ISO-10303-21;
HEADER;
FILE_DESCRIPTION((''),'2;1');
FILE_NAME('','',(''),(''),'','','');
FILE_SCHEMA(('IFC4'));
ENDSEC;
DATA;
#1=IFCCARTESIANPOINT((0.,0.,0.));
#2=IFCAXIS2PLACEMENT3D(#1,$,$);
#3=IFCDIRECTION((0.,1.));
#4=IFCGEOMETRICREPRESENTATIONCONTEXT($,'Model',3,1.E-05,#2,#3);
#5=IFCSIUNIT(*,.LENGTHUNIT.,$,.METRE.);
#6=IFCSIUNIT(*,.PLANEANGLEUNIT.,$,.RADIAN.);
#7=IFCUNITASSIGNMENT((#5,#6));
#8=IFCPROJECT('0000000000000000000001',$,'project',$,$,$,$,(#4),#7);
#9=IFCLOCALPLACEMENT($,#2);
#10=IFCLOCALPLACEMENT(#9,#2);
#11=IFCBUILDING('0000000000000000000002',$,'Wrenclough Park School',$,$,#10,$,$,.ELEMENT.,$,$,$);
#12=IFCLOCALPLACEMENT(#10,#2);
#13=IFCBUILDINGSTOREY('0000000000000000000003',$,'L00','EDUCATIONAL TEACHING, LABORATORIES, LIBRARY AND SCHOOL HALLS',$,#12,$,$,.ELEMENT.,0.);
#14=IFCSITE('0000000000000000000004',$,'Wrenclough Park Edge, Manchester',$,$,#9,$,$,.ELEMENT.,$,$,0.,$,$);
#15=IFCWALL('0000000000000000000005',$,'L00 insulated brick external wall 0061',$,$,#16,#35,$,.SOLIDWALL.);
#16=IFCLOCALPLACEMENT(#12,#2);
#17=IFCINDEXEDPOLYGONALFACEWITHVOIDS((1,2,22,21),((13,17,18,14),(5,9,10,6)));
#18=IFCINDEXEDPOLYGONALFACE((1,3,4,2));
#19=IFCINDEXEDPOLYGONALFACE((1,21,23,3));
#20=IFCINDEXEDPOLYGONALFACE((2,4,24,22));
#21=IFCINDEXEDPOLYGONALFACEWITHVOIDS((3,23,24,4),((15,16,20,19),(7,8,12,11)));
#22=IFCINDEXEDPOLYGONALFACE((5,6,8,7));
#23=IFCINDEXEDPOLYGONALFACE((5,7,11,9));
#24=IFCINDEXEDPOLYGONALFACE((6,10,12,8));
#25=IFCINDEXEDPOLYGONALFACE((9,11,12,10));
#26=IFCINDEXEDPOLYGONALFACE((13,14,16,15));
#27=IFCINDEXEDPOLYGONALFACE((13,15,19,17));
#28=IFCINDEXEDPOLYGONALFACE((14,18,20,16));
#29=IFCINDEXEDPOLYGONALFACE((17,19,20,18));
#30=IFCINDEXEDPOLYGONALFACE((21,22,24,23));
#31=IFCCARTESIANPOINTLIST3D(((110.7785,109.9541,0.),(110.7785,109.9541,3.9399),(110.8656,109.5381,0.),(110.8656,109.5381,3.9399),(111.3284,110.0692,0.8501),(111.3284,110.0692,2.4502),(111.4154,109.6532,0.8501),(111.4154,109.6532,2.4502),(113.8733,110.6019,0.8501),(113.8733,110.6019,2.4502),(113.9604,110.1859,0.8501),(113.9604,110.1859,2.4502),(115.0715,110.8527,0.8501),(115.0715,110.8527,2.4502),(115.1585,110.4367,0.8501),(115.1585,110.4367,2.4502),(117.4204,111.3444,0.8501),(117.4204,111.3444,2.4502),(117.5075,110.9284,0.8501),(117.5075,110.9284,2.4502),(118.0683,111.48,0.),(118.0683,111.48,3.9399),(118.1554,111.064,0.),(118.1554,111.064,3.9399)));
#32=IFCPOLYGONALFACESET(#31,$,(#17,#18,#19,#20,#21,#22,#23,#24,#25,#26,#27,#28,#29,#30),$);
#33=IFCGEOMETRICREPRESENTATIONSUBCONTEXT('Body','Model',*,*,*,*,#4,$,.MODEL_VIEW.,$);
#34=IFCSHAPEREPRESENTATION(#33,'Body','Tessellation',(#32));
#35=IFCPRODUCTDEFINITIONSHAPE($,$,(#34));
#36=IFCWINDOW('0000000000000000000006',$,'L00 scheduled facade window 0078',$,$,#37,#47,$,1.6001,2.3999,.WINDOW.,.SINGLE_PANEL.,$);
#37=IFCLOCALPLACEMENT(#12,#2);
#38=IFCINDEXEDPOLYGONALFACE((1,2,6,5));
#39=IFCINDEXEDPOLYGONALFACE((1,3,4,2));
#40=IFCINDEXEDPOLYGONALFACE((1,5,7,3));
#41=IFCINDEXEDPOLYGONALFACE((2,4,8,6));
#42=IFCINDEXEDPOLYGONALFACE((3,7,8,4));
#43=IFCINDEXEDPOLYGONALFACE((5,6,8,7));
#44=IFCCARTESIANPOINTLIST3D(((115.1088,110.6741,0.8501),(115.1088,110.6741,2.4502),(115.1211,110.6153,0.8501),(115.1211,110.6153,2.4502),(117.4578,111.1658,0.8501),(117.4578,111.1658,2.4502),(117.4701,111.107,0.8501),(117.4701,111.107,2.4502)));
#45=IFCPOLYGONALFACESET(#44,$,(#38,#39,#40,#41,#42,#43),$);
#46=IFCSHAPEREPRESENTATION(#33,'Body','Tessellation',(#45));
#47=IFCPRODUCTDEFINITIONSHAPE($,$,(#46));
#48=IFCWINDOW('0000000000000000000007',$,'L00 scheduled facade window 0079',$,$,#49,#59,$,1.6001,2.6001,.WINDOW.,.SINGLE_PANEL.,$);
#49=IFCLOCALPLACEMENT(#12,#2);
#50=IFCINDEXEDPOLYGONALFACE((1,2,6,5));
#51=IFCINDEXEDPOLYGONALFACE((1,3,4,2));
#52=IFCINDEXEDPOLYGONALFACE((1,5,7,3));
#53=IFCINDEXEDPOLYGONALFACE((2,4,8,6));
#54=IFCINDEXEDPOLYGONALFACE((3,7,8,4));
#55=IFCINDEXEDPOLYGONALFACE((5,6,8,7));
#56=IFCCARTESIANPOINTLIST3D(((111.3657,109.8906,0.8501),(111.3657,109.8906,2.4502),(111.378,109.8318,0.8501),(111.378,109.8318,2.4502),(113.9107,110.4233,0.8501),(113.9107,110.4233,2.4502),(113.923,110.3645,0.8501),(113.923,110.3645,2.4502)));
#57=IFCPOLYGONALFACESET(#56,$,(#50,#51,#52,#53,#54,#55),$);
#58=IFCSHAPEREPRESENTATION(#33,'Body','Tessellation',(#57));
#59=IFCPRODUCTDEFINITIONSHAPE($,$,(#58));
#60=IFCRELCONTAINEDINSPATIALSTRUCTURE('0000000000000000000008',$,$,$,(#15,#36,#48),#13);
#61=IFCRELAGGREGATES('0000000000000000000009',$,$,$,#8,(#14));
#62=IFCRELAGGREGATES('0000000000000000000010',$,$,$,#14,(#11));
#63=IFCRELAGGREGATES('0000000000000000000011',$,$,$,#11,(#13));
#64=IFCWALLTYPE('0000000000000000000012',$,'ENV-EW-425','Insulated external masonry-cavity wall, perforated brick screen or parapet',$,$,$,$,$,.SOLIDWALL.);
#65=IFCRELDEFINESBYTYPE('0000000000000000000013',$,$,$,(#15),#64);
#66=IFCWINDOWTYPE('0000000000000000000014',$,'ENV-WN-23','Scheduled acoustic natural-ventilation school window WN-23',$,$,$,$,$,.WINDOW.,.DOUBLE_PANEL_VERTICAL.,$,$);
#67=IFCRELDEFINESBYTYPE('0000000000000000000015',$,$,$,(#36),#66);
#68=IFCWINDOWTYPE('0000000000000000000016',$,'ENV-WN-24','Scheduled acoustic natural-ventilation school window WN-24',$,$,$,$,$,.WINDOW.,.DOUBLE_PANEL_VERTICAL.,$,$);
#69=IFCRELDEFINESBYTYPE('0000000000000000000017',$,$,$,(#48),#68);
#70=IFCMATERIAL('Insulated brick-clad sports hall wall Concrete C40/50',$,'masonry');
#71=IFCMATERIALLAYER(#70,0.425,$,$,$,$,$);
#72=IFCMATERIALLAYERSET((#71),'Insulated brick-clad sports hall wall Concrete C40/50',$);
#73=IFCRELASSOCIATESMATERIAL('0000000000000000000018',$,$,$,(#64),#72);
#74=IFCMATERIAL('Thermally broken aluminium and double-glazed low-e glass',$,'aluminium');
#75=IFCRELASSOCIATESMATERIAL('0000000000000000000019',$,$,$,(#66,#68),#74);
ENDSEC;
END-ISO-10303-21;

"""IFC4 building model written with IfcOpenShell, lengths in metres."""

from ifc_helpers import new_model, si_unit, direction, frame, frame_2d, origin, place, context, subcontext, project, spatial, rectangle, extrude, material, layer, layer_set, type_object, element, fill, save


model = new_model("IFC4")

# Units and contexts
model_context = context("Model", 3, precision=1e-05, world=origin(), true_north=direction((0.0, 1.0)))
body_context = subcontext(model_context, "Body", "Model", "MODEL_VIEW")
ifc_project = project(units=[si_unit("LENGTHUNIT", "METRE"), si_unit("PLANEANGLEUNIT", "RADIAN")], contexts=[model_context])

# Site, building, storey
site_placement = place(None, origin())
site = spatial("IfcSite", under=ifc_project, at=site_placement, Name="Wrenclough Park Edge, Manchester", CompositionType="ELEMENT", RefElevation=0.0)
building_placement = place(site_placement, origin())
building = spatial("IfcBuilding", under=site, at=building_placement, Name="Wrenclough Park School", CompositionType="ELEMENT")
storey_placement = place(building_placement, origin())
storey = spatial("IfcBuildingStorey", under=building, at=storey_placement, Name="L00", Description="EDUCATIONAL TEACHING, LABORATORIES, LIBRARY AND SCHOOL HALLS", CompositionType="ELEMENT", Elevation=0.0)

# Wall, openings, windows
ifc_material_1 = material(Name="Insulated brick-clad sports hall wall Concrete C40/50", Category="masonry")
ifc_layer_1 = layer(ifc_material_1, 0.425)
ifc_layer_set_1 = layer_set([ifc_layer_1], Name="Insulated brick-clad sports hall wall Concrete C40/50")
wall_type = type_object("IfcWallType", Name="ENV-EW-425", Description="Insulated external masonry-cavity wall, perforated brick screen or parapet", PredefinedType="SOLIDWALL", material=ifc_layer_set_1)
wall_placement = place(storey_placement, frame((118.1118, 111.272, 0.0), z_axis=(0.0, 0.0, 1.0), x_axis=(-0.978788, -0.204877, 0.0)))
wall = element("IfcWall", 1, at=wall_placement, inside=storey, type_object=wall_type, Name="L00 insulated brick external wall 0061", PredefinedType="SOLIDWALL", context=body_context, shape_type="SweptSolid", body=[
    extrude(rectangle(XDim=7.4478, YDim=0.425, at=frame_2d((3.7239, 0.0))), origin(), (0.0, 0.0, 1.0), 3.9399),
])
opening_1_placement = place(wall_placement, frame((0.6619, 0.0, 0.8501)))
opening_1 = element("IfcOpeningElement", 2, at=opening_1_placement, cuts=wall, PredefinedType="OPENING", context=body_context, shape_type="SweptSolid", body=[
    extrude(rectangle(XDim=2.3999, YDim=1.6001, at=frame_2d((1.2, 0.8))), frame((0.0, 0.2224, 0.0), z_axis=(0.0, -1.0, 0.0), x_axis=(1.0, 0.0, 0.0)), (0.0, 0.0, 1.0), 0.4451),
])
opening_2_placement = place(wall_placement, frame((4.2859, 0.0, 0.8501)))
opening_2 = element("IfcOpeningElement", 3, at=opening_2_placement, cuts=wall, PredefinedType="OPENING", context=body_context, shape_type="SweptSolid", body=[
    extrude(rectangle(XDim=2.6001, YDim=1.6001, at=frame_2d((1.3, 0.8))), frame((0.0, 0.2224, 0.0), z_axis=(0.0, -1.0, 0.0), x_axis=(1.0, 0.0, 0.0)), (0.0, 0.0, 1.0), 0.4451),
])
ifc_material_2 = material(Name="Thermally broken aluminium and double-glazed low-e glass", Category="aluminium")
window_type_1 = type_object("IfcWindowType", Name="ENV-WN-23", Description="Scheduled acoustic natural-ventilation school window WN-23", PartitioningType="DOUBLE_PANEL_VERTICAL", PredefinedType="WINDOW", material=ifc_material_2)
window_1_placement = place(opening_1_placement, origin())
window_1 = element("IfcWindow", 4, at=window_1_placement, inside=storey, type_object=window_type_1, Name="L00 scheduled facade window 0078", OverallHeight=1.6001, OverallWidth=2.3999, PartitioningType="SINGLE_PANEL", PredefinedType="WINDOW", context=body_context, shape_type="SweptSolid", body=[
    extrude(rectangle(XDim=2.3999, YDim=1.6001, at=frame_2d((1.2, 0.8))), frame((0.0, 0.03, 0.0), z_axis=(0.0, -1.0, 0.0), x_axis=(1.0, 0.0, 0.0)), (0.0, 0.0, 1.0), 0.0601),
])
fill(opening_1, window_1)
window_type_2 = type_object("IfcWindowType", Name="ENV-WN-24", Description="Scheduled acoustic natural-ventilation school window WN-24", PartitioningType="DOUBLE_PANEL_VERTICAL", PredefinedType="WINDOW", material=ifc_material_2)
window_2_placement = place(opening_2_placement, origin())
window_2 = element("IfcWindow", 5, at=window_2_placement, inside=storey, type_object=window_type_2, Name="L00 scheduled facade window 0079", OverallHeight=1.6001, OverallWidth=2.6001, PartitioningType="SINGLE_PANEL", PredefinedType="WINDOW", context=body_context, shape_type="SweptSolid", body=[
    extrude(rectangle(XDim=2.6001, YDim=1.6001, at=frame_2d((1.3, 0.8))), frame((0.0, 0.03, 0.0), z_axis=(0.0, -1.0, 0.0), x_axis=(1.0, 0.0, 0.0)), (0.0, 0.0, 1.0), 0.0601),
])
fill(opening_2, window_2)

save(model, "model.ifc")
